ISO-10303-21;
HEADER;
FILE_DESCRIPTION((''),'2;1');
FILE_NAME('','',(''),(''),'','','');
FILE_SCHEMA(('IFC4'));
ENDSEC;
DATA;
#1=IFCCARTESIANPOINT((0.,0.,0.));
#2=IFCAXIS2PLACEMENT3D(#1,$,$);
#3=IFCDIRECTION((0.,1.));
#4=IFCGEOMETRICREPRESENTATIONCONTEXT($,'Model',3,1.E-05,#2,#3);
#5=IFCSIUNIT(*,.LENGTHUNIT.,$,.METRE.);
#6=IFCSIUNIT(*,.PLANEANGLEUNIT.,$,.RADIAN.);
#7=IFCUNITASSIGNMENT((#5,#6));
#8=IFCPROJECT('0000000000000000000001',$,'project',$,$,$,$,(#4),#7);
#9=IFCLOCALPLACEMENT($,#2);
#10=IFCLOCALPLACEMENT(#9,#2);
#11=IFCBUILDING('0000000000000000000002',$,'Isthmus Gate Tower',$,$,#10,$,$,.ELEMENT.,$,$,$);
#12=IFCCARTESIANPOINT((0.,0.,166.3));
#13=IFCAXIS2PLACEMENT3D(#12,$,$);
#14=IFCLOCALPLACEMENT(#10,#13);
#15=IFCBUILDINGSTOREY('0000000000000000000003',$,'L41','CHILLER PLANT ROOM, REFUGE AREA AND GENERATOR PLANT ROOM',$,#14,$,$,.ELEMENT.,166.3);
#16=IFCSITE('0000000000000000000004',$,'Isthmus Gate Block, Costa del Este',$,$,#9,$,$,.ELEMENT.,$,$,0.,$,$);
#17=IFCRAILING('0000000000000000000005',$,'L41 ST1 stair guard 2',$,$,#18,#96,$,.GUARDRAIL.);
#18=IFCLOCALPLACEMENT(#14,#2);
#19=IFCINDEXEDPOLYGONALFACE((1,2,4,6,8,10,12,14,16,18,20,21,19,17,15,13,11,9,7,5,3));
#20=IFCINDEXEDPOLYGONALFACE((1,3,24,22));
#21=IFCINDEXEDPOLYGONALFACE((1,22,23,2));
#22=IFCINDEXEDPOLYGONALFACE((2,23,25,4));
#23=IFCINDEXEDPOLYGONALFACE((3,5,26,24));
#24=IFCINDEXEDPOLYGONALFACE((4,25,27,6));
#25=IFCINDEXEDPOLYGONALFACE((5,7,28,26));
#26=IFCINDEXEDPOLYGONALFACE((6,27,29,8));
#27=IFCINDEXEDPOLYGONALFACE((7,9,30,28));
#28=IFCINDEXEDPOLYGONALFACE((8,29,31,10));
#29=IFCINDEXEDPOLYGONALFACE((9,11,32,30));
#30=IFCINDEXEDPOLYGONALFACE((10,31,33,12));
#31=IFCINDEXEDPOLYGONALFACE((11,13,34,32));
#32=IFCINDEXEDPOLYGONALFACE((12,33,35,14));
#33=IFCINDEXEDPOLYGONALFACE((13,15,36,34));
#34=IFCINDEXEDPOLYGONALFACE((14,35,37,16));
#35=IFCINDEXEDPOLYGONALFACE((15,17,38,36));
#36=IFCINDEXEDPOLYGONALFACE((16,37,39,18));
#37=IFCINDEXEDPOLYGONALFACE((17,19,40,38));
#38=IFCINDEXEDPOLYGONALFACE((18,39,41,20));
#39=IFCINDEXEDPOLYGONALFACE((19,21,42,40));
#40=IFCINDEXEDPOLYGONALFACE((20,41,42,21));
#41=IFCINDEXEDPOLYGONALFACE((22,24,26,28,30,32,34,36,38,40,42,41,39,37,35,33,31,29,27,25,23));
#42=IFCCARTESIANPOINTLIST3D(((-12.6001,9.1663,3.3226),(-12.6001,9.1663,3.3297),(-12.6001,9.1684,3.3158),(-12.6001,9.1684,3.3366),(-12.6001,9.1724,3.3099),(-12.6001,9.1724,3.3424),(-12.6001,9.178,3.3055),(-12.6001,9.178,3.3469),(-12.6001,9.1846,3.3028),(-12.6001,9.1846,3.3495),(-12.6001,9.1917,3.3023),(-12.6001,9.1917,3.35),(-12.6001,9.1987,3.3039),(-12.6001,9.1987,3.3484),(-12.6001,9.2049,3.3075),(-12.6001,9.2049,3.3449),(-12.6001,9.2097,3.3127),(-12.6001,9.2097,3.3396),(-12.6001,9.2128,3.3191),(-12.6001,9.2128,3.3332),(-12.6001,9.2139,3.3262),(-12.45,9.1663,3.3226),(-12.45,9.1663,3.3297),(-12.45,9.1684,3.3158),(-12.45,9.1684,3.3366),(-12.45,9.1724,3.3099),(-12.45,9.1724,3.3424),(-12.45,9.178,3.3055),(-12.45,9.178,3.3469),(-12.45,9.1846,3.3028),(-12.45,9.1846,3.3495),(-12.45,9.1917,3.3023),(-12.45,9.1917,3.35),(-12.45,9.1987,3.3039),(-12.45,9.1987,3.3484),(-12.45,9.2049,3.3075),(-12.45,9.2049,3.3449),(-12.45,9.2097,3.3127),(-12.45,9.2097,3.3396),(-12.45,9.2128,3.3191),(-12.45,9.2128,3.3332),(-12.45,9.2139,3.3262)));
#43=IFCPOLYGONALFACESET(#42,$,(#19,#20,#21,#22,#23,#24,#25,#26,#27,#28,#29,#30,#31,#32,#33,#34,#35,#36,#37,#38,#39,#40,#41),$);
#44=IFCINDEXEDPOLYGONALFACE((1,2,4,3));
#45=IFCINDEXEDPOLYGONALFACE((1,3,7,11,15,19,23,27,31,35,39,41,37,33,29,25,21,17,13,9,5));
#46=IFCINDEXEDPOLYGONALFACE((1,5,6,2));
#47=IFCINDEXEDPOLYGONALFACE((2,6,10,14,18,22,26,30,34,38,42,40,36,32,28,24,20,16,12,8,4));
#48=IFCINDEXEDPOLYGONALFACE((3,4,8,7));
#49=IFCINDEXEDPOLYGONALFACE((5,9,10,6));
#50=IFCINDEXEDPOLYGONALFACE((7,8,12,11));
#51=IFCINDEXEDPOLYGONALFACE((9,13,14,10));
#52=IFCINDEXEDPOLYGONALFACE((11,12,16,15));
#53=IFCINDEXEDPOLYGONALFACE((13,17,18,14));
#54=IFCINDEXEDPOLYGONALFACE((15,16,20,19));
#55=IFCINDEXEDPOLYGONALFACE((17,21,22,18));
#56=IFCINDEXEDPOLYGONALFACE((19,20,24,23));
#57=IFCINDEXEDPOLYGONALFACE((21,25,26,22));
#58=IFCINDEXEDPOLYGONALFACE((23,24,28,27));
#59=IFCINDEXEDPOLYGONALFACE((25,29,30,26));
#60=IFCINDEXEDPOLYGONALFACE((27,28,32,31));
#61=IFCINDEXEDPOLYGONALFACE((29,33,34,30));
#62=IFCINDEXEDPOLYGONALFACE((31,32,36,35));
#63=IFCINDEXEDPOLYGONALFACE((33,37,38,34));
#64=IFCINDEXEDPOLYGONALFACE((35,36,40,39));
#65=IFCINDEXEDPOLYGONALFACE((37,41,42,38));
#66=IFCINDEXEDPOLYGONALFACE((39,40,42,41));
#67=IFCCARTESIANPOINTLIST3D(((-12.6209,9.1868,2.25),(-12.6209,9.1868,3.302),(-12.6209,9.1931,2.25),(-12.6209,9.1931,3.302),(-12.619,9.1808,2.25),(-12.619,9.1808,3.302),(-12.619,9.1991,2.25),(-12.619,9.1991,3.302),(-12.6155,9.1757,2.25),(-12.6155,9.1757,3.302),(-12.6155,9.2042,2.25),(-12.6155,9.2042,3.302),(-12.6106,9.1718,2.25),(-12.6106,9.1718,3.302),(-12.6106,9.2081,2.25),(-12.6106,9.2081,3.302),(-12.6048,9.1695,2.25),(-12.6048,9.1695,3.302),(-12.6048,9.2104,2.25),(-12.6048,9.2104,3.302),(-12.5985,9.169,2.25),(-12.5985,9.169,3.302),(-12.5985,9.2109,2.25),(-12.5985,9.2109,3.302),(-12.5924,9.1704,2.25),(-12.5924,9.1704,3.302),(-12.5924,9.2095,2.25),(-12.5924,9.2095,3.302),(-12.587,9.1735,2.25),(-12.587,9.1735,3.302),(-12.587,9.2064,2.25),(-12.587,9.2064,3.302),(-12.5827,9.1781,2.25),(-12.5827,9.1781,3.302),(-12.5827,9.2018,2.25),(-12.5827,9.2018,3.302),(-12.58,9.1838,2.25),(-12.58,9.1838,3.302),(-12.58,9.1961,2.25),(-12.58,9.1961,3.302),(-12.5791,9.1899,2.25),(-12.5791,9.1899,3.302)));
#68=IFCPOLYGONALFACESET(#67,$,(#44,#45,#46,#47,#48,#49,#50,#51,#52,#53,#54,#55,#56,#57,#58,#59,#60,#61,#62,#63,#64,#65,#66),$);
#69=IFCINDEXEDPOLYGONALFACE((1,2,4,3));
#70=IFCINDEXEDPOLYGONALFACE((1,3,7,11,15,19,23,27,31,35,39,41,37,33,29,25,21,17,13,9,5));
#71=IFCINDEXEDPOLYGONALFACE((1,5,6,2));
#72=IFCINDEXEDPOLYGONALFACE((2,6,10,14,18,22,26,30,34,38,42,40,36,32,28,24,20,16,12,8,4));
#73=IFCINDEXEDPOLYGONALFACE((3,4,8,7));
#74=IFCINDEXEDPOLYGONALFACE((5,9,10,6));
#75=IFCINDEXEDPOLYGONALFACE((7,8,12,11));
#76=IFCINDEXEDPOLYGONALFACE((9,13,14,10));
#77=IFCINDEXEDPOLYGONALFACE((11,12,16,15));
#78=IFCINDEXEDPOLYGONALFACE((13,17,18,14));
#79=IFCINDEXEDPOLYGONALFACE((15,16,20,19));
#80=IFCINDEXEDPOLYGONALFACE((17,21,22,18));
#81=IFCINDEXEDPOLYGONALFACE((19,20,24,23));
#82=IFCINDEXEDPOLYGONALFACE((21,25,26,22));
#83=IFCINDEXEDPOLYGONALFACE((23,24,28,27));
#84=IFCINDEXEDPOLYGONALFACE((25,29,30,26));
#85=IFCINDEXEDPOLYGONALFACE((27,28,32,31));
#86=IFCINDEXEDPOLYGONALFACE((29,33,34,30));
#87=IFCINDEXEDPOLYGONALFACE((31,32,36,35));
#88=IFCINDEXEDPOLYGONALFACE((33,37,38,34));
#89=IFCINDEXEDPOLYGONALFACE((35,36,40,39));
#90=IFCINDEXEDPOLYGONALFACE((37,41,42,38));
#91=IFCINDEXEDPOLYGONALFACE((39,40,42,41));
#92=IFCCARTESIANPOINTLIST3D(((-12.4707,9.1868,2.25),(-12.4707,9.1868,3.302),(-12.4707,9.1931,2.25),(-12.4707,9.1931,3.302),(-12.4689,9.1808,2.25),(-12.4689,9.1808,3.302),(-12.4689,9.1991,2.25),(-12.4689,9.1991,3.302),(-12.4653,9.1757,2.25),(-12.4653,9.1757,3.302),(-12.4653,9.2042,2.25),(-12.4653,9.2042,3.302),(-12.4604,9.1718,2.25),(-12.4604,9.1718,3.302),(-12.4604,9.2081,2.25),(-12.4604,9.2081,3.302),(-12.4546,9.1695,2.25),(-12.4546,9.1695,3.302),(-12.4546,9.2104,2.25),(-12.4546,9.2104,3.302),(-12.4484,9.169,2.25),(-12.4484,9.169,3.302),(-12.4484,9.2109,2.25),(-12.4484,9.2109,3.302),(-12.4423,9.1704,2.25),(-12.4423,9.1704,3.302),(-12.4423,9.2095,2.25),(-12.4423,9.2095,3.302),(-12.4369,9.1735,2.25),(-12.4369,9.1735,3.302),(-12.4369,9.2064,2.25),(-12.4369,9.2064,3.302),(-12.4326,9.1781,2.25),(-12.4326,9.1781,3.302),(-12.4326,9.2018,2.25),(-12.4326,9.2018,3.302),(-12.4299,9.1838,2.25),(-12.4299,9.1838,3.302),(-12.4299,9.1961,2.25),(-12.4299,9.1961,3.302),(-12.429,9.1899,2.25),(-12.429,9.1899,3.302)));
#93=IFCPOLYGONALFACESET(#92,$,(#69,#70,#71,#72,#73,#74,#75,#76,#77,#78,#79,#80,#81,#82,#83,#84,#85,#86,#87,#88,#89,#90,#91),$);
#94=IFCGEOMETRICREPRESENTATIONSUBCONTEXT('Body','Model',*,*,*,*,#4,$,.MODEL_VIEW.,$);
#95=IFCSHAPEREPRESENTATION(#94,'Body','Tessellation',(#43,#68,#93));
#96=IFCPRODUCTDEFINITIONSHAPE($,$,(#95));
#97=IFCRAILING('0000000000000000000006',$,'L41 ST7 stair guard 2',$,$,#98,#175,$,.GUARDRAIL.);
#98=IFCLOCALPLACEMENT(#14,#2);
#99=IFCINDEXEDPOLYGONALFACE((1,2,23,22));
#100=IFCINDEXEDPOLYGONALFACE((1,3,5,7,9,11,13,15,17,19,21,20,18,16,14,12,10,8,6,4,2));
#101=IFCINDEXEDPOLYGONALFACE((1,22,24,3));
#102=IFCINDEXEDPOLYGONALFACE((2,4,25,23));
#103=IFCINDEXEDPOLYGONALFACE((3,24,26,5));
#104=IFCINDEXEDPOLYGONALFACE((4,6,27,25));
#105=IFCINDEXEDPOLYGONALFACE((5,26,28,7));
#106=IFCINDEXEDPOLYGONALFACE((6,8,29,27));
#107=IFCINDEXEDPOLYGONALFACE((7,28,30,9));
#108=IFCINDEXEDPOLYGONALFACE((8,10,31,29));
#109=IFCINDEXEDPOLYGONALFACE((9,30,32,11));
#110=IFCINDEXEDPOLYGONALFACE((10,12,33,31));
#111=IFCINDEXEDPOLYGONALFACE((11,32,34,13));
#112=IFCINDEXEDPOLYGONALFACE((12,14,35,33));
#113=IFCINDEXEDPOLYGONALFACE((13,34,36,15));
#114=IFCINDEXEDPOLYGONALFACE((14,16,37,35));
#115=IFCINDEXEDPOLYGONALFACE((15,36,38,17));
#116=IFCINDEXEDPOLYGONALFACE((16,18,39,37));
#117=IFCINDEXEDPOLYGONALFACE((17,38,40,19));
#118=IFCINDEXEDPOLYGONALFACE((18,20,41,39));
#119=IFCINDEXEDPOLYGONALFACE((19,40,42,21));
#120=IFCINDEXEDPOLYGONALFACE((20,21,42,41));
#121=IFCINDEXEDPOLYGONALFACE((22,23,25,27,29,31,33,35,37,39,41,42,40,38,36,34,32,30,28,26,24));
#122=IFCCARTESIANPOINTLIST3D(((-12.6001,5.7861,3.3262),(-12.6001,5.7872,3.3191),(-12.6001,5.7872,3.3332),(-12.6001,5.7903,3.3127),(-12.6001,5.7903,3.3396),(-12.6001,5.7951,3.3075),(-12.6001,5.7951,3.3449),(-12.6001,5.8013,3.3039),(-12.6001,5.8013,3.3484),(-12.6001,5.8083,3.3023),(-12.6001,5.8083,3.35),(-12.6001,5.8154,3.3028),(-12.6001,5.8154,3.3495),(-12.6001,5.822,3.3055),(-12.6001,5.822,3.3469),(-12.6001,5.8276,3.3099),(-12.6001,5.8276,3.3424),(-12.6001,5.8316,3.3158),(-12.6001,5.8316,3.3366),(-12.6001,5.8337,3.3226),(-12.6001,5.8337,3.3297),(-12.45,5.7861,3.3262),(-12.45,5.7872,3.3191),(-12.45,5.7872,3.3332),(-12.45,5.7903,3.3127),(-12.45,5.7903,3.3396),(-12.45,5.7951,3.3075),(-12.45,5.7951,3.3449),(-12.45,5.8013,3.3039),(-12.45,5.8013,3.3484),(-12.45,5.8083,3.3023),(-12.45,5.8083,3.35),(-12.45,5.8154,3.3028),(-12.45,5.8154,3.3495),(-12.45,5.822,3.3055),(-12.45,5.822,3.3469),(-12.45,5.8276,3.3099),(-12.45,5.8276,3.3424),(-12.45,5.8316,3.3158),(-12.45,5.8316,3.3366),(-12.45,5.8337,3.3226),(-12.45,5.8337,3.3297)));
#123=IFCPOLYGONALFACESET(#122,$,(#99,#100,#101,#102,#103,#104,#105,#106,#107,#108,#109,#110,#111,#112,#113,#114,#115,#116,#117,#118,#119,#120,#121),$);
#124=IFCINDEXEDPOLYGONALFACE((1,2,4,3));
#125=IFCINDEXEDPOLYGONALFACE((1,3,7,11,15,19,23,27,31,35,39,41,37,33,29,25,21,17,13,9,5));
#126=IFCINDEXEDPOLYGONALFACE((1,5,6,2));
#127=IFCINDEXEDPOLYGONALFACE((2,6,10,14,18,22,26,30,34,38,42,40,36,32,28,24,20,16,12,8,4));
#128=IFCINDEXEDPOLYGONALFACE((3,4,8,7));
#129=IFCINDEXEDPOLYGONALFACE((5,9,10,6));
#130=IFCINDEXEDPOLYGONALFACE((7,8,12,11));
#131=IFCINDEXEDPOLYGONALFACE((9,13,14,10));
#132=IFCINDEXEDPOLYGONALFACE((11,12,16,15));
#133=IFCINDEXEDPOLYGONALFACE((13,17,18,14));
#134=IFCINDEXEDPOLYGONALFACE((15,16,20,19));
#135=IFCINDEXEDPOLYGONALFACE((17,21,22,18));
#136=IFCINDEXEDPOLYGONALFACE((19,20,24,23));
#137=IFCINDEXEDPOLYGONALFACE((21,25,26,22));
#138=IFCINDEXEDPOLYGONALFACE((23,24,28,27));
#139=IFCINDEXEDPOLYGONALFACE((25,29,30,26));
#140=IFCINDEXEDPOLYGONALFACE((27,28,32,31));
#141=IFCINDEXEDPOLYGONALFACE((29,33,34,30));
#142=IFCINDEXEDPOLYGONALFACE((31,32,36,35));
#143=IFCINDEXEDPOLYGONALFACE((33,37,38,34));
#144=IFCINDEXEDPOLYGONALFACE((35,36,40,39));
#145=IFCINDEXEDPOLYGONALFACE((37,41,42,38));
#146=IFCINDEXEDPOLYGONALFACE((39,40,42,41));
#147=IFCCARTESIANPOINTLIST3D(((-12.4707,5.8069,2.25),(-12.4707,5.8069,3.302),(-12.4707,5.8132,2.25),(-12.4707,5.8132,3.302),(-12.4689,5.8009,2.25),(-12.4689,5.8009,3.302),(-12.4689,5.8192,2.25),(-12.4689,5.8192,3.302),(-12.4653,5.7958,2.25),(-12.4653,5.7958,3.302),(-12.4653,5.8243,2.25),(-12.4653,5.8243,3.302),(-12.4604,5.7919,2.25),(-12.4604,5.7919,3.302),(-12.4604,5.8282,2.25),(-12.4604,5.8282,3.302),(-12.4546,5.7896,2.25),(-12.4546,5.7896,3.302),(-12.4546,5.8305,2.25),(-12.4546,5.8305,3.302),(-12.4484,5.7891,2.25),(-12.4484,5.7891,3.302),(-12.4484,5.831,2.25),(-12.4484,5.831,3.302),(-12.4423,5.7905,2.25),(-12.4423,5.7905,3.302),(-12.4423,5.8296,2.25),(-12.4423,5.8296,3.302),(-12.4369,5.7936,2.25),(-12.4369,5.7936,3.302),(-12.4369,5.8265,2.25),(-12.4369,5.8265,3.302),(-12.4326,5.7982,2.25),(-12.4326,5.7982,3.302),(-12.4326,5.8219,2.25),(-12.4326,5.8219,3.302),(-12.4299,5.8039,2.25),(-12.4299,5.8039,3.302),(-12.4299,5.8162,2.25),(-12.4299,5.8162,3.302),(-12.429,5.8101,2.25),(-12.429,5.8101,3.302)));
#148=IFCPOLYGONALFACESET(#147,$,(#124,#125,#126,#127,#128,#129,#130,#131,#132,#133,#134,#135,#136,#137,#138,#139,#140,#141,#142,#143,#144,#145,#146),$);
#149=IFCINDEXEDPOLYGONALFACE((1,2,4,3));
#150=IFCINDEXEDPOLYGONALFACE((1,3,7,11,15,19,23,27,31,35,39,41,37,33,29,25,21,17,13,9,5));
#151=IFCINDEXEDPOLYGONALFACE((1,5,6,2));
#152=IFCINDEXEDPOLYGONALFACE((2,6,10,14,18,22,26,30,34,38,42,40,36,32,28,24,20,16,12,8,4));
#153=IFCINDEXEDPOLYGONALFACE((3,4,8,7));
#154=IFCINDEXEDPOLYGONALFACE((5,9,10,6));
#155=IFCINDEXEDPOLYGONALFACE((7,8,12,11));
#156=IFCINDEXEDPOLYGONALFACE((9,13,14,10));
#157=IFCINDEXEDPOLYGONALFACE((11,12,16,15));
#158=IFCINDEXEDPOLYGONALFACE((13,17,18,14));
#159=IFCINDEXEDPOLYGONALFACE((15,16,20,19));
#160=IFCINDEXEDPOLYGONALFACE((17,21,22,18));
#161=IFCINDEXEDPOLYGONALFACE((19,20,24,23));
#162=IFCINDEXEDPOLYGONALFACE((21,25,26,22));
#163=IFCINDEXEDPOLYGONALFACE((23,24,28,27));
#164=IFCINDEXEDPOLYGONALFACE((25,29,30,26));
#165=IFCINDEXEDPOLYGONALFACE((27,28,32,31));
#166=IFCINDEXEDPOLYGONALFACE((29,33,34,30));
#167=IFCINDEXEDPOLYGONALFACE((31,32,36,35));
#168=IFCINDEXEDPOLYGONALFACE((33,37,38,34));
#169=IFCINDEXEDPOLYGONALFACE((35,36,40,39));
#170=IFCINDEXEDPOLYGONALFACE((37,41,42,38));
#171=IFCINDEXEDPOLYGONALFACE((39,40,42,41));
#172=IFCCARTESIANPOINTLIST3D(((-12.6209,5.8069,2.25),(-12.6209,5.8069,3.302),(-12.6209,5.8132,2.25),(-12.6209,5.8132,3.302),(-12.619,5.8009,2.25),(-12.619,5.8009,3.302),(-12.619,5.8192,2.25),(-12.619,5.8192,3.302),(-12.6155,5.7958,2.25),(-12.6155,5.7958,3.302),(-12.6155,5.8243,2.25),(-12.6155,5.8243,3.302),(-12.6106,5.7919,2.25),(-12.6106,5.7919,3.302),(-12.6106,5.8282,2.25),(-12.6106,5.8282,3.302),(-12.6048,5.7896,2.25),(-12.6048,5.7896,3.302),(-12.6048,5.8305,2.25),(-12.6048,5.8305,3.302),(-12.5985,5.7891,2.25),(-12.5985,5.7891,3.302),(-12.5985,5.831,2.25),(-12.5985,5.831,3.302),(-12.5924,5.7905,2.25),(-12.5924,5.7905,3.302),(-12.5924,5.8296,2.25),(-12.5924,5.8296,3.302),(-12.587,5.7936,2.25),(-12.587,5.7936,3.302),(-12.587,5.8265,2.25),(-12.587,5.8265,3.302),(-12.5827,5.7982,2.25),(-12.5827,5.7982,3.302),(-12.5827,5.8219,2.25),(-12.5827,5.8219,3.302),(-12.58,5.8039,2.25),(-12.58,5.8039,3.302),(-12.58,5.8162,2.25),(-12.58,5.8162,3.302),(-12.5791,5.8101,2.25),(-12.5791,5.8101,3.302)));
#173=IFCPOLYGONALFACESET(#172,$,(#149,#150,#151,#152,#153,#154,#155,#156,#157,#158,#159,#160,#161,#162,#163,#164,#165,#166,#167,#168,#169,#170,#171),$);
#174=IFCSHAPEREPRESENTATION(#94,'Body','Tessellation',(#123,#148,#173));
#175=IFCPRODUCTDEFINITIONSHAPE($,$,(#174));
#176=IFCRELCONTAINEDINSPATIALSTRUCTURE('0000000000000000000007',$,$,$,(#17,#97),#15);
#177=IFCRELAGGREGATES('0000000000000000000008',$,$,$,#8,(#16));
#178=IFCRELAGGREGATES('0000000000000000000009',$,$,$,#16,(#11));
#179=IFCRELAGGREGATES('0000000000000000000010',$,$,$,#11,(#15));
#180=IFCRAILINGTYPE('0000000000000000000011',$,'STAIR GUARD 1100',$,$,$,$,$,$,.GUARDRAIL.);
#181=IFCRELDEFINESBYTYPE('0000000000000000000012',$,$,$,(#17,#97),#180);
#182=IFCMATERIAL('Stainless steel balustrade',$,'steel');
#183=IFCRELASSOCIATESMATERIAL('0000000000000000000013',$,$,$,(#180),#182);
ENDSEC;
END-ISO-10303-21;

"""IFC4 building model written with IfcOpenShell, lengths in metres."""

from ifc_helpers import new_model, si_unit, direction, frame, origin, origin_2d, place, context, subcontext, project, spatial, circle, extrude, material, type_object, element, save


model = new_model("IFC4")

# Units and contexts
model_context = context("Model", 3, precision=1e-05, world=origin(), true_north=direction((0.0, 1.0)))
body_context = subcontext(model_context, "Body", "Model", "MODEL_VIEW")
ifc_project = project(units=[si_unit("LENGTHUNIT", "METRE"), si_unit("PLANEANGLEUNIT", "RADIAN")], contexts=[model_context])

# Site, building, storey
site_placement = place(None, origin())
site = spatial("IfcSite", under=ifc_project, at=site_placement, Name="Isthmus Gate Block, Costa del Este", CompositionType="ELEMENT", RefElevation=0.0)
building_placement = place(site_placement, origin())
building = spatial("IfcBuilding", under=site, at=building_placement, Name="Isthmus Gate Tower", CompositionType="ELEMENT")
storey_placement = place(building_placement, frame((0.0, 0.0, 166.3)))
storey = spatial("IfcBuildingStorey", under=building, at=storey_placement, Name="L41", Description="CHILLER PLANT ROOM, REFUGE AREA AND GENERATOR PLANT ROOM", CompositionType="ELEMENT", Elevation=166.3)

# Railings
ifc_material_1 = material(Name="Stainless steel balustrade", Category="steel")
railing_type_1 = type_object("IfcRailingType", Name="STAIR GUARD 1100", PredefinedType="GUARDRAIL", material=ifc_material_1)
railing_1_placement = place(storey_placement, frame((-12.6001, 9.1899, 2.25)))
element("IfcRailing", 1, at=railing_1_placement, inside=storey, type_object=railing_type_1, Name="L41 ST1 stair guard 2", PredefinedType="GUARDRAIL", context=body_context, shape_type="SweptSolid", body=[
    extrude(circle(Radius=0.0239, at=origin_2d()), frame((0.0, 0.0, 1.0762), z_axis=(1.0, 0.0, 0.0), x_axis=(0.0, 1.0, 0.0)), (0.0, 0.0, 1.0), 0.1501),
    extrude(circle(Radius=0.021, at=origin_2d()), origin(), (0.0, 0.0, 1.0), 1.052),
    extrude(circle(Radius=0.021, at=origin_2d()), frame((0.1501, 0.0, 0.0)), (0.0, 0.0, 1.0), 1.052),
])
railing_2_placement = place(storey_placement, frame((-12.45, 5.8101, 2.25)))
element("IfcRailing", 2, at=railing_2_placement, inside=storey, type_object=railing_type_1, Name="L41 ST7 stair guard 2", PredefinedType="GUARDRAIL", context=body_context, shape_type="SweptSolid", body=[
    extrude(circle(Radius=0.0239, at=origin_2d()), frame((0.0, 0.0, 1.0762), z_axis=(-1.0, 0.0, 0.0), x_axis=(0.0, -1.0, 0.0)), (0.0, 0.0, 1.0), 0.1501),
    extrude(circle(Radius=0.021, at=origin_2d()), origin(), (0.0, 0.0, 1.0), 1.052),
    extrude(circle(Radius=0.021, at=origin_2d()), frame((-0.1501, 0.0, 0.0)), (0.0, 0.0, 1.0), 1.052),
])

save(model, "model.ifc")
